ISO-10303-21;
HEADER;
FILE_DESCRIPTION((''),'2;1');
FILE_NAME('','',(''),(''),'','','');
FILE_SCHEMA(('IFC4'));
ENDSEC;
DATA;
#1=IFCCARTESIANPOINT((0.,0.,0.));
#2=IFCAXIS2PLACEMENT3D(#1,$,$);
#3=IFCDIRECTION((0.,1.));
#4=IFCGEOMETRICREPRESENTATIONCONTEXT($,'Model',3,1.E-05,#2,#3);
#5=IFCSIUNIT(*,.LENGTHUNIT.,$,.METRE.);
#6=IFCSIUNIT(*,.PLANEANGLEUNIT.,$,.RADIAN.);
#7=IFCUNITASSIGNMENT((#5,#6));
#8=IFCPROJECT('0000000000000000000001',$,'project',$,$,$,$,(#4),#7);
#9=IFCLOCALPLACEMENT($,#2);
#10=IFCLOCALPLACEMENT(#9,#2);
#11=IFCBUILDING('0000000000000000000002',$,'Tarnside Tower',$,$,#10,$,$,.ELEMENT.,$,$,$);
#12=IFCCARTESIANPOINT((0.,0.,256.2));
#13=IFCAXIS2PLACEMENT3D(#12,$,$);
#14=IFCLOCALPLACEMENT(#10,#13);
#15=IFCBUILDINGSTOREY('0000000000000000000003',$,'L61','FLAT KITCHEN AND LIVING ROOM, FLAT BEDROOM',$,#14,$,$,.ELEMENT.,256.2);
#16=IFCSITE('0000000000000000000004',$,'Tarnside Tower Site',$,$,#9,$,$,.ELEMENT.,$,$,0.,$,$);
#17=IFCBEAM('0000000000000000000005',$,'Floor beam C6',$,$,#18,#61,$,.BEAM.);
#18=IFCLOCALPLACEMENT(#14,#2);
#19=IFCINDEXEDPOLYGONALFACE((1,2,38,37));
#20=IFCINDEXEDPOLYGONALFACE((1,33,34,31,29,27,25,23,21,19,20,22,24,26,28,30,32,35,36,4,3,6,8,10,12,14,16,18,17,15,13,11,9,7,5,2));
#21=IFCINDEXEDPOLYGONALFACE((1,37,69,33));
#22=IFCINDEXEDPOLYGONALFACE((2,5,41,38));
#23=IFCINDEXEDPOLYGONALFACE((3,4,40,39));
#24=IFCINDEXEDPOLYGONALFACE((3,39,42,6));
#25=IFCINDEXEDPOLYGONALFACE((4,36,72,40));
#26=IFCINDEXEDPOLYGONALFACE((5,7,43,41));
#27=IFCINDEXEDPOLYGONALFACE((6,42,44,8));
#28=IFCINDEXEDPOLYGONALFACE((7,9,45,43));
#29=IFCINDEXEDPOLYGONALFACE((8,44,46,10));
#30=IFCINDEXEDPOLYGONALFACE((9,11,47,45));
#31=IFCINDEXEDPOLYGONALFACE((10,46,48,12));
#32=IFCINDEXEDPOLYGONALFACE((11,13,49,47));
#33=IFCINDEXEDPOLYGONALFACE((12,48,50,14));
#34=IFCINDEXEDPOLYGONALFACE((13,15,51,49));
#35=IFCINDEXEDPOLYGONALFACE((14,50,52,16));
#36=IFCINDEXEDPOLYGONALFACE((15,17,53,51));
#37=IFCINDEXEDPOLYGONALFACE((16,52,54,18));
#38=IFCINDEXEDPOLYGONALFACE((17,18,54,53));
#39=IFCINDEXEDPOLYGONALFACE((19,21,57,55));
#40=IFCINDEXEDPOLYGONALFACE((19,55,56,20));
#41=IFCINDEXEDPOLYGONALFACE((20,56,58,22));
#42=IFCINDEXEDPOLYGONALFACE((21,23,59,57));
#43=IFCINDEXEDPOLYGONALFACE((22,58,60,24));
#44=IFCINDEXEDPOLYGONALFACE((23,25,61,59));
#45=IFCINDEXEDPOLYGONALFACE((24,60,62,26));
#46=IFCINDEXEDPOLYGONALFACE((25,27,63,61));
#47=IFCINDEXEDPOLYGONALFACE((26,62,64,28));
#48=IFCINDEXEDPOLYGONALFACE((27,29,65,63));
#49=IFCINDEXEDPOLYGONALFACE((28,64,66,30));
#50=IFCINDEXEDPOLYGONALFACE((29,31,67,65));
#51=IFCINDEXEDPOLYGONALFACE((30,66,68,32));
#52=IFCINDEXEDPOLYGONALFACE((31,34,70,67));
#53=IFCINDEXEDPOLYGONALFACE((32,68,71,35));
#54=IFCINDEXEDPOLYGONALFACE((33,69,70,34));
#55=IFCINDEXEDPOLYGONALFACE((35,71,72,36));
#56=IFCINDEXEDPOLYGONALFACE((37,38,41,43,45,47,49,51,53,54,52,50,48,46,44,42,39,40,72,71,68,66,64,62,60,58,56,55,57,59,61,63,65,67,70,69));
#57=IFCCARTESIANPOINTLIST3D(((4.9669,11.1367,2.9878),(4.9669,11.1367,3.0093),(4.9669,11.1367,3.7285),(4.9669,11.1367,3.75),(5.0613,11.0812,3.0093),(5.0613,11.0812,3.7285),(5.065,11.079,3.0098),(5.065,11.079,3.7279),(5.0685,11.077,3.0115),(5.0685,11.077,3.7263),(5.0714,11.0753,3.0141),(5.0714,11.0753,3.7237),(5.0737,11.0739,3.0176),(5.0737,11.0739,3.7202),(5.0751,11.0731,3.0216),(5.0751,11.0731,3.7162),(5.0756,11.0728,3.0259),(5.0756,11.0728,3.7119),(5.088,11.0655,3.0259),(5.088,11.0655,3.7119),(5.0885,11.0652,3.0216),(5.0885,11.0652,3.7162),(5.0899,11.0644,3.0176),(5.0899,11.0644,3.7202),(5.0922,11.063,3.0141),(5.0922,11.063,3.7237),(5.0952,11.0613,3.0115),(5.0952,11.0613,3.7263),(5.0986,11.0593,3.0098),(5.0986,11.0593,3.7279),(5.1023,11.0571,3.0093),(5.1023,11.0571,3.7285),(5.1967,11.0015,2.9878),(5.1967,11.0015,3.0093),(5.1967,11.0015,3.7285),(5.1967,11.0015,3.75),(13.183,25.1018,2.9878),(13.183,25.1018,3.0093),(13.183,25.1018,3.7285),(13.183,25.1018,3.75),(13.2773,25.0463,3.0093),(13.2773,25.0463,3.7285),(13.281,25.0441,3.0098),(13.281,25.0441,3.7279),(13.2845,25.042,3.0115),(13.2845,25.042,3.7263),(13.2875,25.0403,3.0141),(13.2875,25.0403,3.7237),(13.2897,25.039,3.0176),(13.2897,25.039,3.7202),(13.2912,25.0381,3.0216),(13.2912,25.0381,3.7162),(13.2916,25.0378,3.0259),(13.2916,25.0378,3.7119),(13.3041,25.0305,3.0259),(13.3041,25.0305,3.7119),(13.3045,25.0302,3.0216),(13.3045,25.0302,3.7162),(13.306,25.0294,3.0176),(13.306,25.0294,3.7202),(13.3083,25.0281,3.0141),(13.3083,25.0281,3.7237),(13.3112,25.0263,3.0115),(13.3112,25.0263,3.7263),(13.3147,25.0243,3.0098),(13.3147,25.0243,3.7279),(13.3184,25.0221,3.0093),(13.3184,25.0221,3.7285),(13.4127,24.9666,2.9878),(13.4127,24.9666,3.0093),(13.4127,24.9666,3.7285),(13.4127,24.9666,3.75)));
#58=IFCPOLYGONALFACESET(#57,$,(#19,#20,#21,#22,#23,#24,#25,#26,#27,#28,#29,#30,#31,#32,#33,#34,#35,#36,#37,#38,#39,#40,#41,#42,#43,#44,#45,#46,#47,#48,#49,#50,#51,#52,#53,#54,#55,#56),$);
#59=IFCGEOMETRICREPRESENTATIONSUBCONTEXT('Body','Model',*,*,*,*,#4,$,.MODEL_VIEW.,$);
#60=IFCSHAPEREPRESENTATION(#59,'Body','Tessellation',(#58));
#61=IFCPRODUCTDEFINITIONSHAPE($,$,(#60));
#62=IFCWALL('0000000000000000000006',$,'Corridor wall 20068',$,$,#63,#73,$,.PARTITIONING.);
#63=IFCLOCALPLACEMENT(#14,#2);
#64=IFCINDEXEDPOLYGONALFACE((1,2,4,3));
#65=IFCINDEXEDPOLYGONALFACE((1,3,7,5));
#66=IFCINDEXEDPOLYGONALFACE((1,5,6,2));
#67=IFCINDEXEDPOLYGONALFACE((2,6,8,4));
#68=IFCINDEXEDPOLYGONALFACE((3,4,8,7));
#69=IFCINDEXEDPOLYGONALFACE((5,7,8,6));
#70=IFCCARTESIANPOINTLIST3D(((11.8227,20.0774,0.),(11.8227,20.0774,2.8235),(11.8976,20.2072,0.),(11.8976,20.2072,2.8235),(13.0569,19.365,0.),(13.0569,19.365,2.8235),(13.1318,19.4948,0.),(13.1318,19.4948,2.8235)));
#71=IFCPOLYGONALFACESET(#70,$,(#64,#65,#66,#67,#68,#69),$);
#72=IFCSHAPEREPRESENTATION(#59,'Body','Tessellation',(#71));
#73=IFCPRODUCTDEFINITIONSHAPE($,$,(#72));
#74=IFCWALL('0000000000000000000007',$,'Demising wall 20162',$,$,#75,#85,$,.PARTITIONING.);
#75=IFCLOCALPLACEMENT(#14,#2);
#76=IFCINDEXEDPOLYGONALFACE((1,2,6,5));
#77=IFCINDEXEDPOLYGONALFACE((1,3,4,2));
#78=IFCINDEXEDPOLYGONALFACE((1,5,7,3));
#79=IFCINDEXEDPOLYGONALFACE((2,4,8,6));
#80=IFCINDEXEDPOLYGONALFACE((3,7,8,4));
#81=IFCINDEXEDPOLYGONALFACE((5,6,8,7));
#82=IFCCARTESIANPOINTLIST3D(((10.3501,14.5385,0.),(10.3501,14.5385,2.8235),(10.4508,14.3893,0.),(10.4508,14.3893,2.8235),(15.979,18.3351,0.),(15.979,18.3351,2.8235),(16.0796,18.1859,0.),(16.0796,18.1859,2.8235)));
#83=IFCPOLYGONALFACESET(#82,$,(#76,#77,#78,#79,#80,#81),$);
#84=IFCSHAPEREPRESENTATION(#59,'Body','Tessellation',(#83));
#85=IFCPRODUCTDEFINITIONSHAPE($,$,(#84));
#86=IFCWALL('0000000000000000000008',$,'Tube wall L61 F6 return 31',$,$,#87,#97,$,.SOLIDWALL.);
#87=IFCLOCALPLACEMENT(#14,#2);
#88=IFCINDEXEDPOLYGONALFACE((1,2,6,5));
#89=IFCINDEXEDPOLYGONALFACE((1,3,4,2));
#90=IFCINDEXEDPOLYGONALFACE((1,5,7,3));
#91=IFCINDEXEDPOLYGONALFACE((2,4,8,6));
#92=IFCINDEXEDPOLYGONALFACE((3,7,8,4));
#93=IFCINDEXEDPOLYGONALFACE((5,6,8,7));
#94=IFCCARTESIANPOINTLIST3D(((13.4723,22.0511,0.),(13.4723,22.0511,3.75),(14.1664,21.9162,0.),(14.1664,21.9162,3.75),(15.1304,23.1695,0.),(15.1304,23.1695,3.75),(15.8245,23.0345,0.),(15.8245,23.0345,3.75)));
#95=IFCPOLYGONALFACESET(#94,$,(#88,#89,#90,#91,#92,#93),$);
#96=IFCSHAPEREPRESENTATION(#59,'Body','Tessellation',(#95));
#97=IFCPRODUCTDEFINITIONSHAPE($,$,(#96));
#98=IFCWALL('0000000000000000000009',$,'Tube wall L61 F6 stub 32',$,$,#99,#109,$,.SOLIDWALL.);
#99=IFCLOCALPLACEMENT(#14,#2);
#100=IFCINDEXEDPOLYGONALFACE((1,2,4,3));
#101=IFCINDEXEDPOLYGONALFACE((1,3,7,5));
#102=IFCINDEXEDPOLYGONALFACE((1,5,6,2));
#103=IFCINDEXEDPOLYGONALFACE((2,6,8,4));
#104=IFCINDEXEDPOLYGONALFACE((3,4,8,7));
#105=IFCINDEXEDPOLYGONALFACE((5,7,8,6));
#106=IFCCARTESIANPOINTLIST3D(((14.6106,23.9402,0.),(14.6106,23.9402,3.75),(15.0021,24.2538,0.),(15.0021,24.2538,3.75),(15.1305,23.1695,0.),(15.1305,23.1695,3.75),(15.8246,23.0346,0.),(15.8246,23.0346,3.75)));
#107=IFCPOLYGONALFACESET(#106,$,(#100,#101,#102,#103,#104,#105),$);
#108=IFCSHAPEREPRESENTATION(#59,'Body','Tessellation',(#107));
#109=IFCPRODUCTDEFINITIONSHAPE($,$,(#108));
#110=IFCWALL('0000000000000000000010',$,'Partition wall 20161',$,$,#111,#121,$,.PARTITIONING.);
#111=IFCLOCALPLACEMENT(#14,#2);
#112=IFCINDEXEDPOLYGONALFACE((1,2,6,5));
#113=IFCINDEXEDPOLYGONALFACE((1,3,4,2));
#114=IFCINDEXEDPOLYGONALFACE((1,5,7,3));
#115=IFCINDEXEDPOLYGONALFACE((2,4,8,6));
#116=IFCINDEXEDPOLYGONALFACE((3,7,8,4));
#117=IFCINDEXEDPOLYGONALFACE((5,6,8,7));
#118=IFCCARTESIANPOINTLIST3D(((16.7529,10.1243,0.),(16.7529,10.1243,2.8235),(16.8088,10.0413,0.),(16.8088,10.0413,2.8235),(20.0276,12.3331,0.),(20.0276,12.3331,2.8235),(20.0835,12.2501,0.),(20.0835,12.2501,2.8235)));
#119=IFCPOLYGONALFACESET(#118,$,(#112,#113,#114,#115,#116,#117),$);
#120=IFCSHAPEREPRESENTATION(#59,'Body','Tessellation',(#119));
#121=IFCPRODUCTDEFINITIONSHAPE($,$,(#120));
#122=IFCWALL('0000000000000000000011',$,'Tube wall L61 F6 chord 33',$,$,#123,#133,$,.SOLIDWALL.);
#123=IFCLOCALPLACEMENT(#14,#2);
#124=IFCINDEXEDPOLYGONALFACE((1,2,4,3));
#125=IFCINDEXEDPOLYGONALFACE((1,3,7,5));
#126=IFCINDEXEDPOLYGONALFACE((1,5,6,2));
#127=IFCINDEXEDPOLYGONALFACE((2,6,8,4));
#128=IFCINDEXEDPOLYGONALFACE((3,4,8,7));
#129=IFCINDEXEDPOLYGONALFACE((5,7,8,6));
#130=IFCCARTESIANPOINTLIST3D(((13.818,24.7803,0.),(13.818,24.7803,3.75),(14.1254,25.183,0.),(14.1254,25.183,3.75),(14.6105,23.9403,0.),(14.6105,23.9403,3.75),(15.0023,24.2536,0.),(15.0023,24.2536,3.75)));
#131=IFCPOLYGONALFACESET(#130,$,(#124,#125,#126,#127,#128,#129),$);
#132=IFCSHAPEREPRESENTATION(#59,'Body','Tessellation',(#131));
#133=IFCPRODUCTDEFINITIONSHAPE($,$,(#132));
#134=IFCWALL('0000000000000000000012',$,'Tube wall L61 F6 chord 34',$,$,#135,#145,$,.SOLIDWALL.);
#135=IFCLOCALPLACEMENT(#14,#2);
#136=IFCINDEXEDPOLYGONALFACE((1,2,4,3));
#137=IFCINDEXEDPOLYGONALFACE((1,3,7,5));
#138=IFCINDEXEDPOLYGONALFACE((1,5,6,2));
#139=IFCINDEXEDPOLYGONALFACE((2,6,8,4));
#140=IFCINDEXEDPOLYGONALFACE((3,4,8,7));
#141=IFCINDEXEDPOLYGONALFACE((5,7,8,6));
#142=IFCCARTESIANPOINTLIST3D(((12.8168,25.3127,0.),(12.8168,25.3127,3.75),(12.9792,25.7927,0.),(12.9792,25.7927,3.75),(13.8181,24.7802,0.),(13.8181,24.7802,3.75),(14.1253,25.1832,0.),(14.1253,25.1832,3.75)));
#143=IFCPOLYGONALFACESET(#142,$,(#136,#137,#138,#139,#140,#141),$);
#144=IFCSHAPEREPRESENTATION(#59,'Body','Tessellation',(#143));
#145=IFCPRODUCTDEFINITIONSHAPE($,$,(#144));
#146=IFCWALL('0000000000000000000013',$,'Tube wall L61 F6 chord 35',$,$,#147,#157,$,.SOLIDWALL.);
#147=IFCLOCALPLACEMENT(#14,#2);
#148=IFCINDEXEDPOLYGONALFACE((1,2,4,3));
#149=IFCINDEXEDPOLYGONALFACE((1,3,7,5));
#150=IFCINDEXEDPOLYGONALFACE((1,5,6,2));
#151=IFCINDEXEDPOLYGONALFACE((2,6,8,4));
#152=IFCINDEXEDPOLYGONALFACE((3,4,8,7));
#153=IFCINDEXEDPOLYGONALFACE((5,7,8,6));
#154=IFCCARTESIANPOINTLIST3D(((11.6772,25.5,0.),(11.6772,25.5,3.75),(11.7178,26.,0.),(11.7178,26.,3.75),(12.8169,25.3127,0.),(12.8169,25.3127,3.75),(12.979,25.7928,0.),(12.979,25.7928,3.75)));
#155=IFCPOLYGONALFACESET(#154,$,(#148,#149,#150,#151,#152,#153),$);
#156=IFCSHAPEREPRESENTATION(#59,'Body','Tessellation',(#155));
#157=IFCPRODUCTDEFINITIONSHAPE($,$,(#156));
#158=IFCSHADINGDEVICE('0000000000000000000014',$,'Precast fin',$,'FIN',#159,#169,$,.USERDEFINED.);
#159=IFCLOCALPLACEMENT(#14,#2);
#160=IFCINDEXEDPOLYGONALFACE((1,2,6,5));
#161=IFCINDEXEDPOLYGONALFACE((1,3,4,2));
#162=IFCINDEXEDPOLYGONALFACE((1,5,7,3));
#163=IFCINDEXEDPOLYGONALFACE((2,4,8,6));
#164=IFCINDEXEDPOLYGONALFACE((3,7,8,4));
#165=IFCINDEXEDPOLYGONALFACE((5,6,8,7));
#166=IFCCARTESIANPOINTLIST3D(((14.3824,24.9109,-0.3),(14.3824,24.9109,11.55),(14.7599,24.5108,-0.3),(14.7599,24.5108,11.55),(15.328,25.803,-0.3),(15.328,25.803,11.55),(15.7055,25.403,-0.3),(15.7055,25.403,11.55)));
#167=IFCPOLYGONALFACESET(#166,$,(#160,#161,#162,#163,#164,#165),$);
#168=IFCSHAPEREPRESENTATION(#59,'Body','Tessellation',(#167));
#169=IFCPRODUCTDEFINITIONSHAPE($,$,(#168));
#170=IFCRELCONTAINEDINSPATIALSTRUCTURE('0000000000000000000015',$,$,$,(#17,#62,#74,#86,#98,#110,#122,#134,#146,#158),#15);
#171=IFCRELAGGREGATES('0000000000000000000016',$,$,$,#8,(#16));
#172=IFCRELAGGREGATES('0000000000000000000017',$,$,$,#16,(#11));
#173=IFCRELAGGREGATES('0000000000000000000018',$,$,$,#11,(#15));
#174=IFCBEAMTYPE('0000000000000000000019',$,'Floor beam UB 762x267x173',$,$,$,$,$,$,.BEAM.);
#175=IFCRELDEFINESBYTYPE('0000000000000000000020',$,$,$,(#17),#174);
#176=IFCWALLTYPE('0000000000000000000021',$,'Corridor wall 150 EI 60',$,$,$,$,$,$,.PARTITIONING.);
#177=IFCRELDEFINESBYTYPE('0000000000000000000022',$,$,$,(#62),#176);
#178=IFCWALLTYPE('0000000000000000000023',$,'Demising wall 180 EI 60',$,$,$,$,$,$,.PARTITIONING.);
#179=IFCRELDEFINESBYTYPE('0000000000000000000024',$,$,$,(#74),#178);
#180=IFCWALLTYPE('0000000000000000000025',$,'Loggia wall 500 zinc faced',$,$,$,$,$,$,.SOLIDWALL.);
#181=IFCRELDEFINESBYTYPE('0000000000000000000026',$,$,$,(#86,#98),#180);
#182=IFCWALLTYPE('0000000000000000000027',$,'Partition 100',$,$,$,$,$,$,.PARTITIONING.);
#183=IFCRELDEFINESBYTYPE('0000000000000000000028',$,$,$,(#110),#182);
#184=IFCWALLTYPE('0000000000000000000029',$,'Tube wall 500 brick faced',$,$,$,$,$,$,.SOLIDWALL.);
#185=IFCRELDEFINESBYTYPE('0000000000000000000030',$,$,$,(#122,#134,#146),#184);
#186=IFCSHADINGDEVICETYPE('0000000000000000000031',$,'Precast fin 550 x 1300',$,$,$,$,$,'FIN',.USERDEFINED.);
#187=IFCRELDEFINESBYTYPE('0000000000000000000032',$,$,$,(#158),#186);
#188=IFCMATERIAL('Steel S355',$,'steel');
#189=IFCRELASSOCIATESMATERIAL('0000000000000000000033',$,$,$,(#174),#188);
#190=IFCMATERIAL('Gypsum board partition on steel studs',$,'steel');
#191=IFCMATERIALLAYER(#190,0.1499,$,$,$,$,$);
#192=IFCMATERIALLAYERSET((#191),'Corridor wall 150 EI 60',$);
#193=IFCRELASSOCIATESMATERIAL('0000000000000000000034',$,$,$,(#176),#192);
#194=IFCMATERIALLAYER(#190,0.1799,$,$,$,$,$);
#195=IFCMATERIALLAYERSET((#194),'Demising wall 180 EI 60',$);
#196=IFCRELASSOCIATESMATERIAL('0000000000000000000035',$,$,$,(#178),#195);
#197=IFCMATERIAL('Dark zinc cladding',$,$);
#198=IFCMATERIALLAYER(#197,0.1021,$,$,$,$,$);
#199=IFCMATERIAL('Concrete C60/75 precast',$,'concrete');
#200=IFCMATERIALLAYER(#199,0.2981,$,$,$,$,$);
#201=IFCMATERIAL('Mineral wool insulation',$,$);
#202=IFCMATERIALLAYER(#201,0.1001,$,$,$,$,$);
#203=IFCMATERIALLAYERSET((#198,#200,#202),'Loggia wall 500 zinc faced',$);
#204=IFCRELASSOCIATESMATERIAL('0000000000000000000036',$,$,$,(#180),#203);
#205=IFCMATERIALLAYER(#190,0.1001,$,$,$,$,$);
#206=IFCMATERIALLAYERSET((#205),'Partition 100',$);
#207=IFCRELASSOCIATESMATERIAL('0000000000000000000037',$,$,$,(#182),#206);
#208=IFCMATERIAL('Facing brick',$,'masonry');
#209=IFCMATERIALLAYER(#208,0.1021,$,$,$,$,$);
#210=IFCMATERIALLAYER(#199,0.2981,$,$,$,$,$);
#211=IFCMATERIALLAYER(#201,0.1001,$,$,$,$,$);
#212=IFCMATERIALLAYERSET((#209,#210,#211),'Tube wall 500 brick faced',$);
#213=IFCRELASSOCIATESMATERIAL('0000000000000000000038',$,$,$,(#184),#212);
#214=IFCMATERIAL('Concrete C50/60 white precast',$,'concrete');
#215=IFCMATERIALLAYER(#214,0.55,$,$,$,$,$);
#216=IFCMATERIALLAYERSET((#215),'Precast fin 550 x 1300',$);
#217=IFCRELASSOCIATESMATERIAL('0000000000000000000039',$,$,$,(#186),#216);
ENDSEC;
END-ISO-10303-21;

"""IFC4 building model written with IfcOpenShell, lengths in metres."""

from ifc_helpers import new_model, si_unit, direction, frame, frame_2d, origin, origin_2d, place, context, subcontext, project, spatial, polyline, rectangle, i_section, outline, extrude, material, layer, layer_set, material_profile, profile_set, type_object, element, save


model = new_model("IFC4")

# Units and contexts
model_context = context("Model", 3, precision=1e-05, world=origin(), true_north=direction((0.0, 1.0)))
body_context = subcontext(model_context, "Body", "Model", "MODEL_VIEW")
ifc_project = project(units=[si_unit("LENGTHUNIT", "METRE"), si_unit("PLANEANGLEUNIT", "RADIAN")], contexts=[model_context])

# Site, building, storey
site_placement = place(None, origin())
site = spatial("IfcSite", under=ifc_project, at=site_placement, Name="Tarnside Tower Site", CompositionType="ELEMENT", RefElevation=0.0)
building_placement = place(site_placement, origin())
building = spatial("IfcBuilding", under=site, at=building_placement, Name="Tarnside Tower", CompositionType="ELEMENT")
storey_placement = place(building_placement, frame((0.0, 0.0, 256.2)))
storey = spatial("IfcBuildingStorey", under=building, at=storey_placement, Name="L61", Description="FLAT KITCHEN AND LIVING ROOM, FLAT BEDROOM", CompositionType="ELEMENT", Elevation=256.2)

# Beam
ifc_material_1 = material(Name="Steel S355", Category="steel")
ifc_material_profile_1 = material_profile(ifc_material_1, i_section(OverallWidth=0.2666, OverallDepth=0.7622, WebThickness=0.0144, FlangeThickness=0.0215, FilletRadius=0.0166, at=origin_2d()), Name="UB 762x267x173")
ifc_profile_set_1 = profile_set([ifc_material_profile_1], Name="Steel S355")
beam_type_1 = type_object("IfcBeamType", Name="Floor beam UB 762x267x173", PredefinedType="BEAM", material=ifc_profile_set_1)
beam_1_placement = place(storey_placement, frame((13.2979, 25.0342, 3.3689), z_axis=(-0.50708, -0.861899, 0.0), x_axis=(0.861899, -0.50708, 0.0)))
element("IfcBeam", 1, at=beam_1_placement, inside=storey, type_object=beam_type_1, Name="Floor beam C6", PredefinedType="BEAM", context=body_context, shape_type="SweptSolid", body=[
    extrude(i_section(OverallWidth=0.2666, OverallDepth=0.7622, WebThickness=0.0144, FlangeThickness=0.0215, FilletRadius=0.0166, at=origin_2d()), origin(), (0.0, 0.0, 1.0), 16.2026),
])

# Walls
ifc_material_2 = material(Name="Gypsum board partition on steel studs", Category="steel")
ifc_layer_1 = layer(ifc_material_2, 0.1499)
ifc_layer_set_1 = layer_set([ifc_layer_1], Name="Corridor wall 150 EI 60")
wall_type_1 = type_object("IfcWallType", Name="Corridor wall 150 EI 60", PredefinedType="PARTITIONING", material=ifc_layer_set_1)
wall_1_placement = place(storey_placement, frame((13.0942, 19.4299, 0.0), z_axis=(0.0, 0.0, 1.0), x_axis=(-0.866063, 0.499935, 0.0)))
element("IfcWall", 2, at=wall_1_placement, inside=storey, type_object=wall_type_1, Name="Corridor wall 20068", PredefinedType="PARTITIONING", context=body_context, shape_type="SweptSolid", body=[
    extrude(rectangle(XDim=1.425, YDim=0.1499, at=frame_2d((0.7124, 0.0))), origin(), (0.0, 0.0, 1.0), 2.8235),
])
ifc_layer_2 = layer(ifc_material_2, 0.1799)
ifc_layer_set_2 = layer_set([ifc_layer_2], Name="Demising wall 180 EI 60")
wall_type_2 = type_object("IfcWallType", Name="Demising wall 180 EI 60", PredefinedType="PARTITIONING", material=ifc_layer_set_2)
wall_2_placement = place(storey_placement, frame((16.0293, 18.2605, 0.0), z_axis=(0.0, 0.0, 1.0), x_axis=(-0.829045, -0.559181, 0.0)))
element("IfcWall", 3, at=wall_2_placement, inside=storey, type_object=wall_type_2, Name="Demising wall 20162", PredefinedType="PARTITIONING", context=body_context, shape_type="SweptSolid", body=[
    extrude(rectangle(XDim=6.7896, YDim=0.1799, at=frame_2d((3.3948, 0.0))), origin(), (0.0, 0.0, 1.0), 2.8235),
])
ifc_material_3 = material(Name="Dark zinc cladding")
ifc_layer_3 = layer(ifc_material_3, 0.1021)
ifc_material_4 = material(Name="Concrete C60/75 precast", Category="concrete")
ifc_layer_4 = layer(ifc_material_4, 0.2981)
ifc_material_5 = material(Name="Mineral wool insulation")
ifc_layer_5 = layer(ifc_material_5, 0.1001)
ifc_layer_set_3 = layer_set([ifc_layer_3, ifc_layer_4, ifc_layer_5], Name="Loggia wall 500 zinc faced")
wall_type_3 = type_object("IfcWallType", Name="Loggia wall 500 zinc faced", PredefinedType="SOLIDWALL", material=ifc_layer_set_3)
wall_3_placement = place(storey_placement, frame((13.8193, 21.9836, 0.0), z_axis=(0.0, 0.0, 1.0), x_axis=(0.829052, 0.559171, 0.0)))
element("IfcWall", 4, at=wall_3_placement, inside=storey, type_object=wall_type_3, Name="Tube wall L61 F6 return 31", PredefinedType="SOLIDWALL", context=body_context, shape_type="SweptSolid", body=[
    extrude(outline(polyline([(0.25, -0.25), (2.25, -0.25), (1.75, 0.25), (-0.25, 0.25), (0.25, -0.25)])), origin(), (0.0, 0.0, 1.0), 3.75),
])
wall_4_placement = place(storey_placement, frame((15.4775, 23.1021, 0.0), z_axis=(0.0, 0.0, 1.0), x_axis=(-0.559246, 0.829002, 0.0)))
element("IfcWall", 5, at=wall_4_placement, inside=storey, type_object=wall_type_3, Name="Tube wall L61 F6 stub 32", PredefinedType="SOLIDWALL", context=body_context, shape_type="SweptSolid", body=[
    extrude(outline(polyline([(-0.25, -0.25), (1.2207, -0.25), (1.1797, 0.25), (0.25, 0.25), (-0.25, -0.25)])), origin(), (0.0, 0.0, 1.0), 3.75),
])
ifc_layer_6 = layer(ifc_material_2, 0.1001)
ifc_layer_set_4 = layer_set([ifc_layer_6], Name="Partition 100")
wall_type_4 = type_object("IfcWallType", Name="Partition 100", PredefinedType="PARTITIONING", material=ifc_layer_set_4)
wall_5_placement = place(storey_placement, frame((16.7808, 10.0828, 0.0), z_axis=(0.0, 0.0, 1.0), x_axis=(0.829043, 0.559185, 0.0)))
element("IfcWall", 6, at=wall_5_placement, inside=storey, type_object=wall_type_4, Name="Partition wall 20161", PredefinedType="PARTITIONING", context=body_context, shape_type="SweptSolid", body=[
    extrude(rectangle(XDim=3.95, YDim=0.1001, at=frame_2d((1.9751, 0.0))), origin(), (0.0, 0.0, 1.0), 2.8235),
])
ifc_material_6 = material(Name="Facing brick", Category="masonry")
ifc_layer_7 = layer(ifc_material_6, 0.1021)
ifc_layer_8 = layer(ifc_material_4, 0.2981)
ifc_layer_9 = layer(ifc_material_5, 0.1001)
ifc_layer_set_5 = layer_set([ifc_layer_7, ifc_layer_8, ifc_layer_9], Name="Tube wall 500 brick faced")
wall_type_5 = type_object("IfcWallType", Name="Tube wall 500 brick faced", PredefinedType="SOLIDWALL", material=ifc_layer_set_5)
wall_6_placement = place(storey_placement, frame((14.8064, 24.0969, 0.0), z_axis=(0.0, 0.0, 1.0), x_axis=(-0.686234, 0.72738, 0.0)))
element("IfcWall", 7, at=wall_6_placement, inside=storey, type_object=wall_type_5, Name="Tube wall L61 F6 chord 33", PredefinedType="SOLIDWALL", context=body_context, shape_type="SweptSolid", body=[
    extrude(outline(polyline([(-0.0205, -0.25), (1.2573, -0.25), (1.1753, 0.25), (0.0205, 0.25), (-0.0205, -0.25)])), origin(), (0.0, 0.0, 1.0), 3.75),
])
wall_7_placement = place(storey_placement, frame((13.9717, 24.9817, 0.0), z_axis=(0.0, 0.0, 1.0), x_axis=(-0.882902, 0.469556, 0.0)))
element("IfcWall", 8, at=wall_7_placement, inside=storey, type_object=wall_type_5, Name="Tube wall L61 F6 chord 34", PredefinedType="SOLIDWALL", context=body_context, shape_type="SweptSolid", body=[
    extrude(outline(polyline([(-0.041, -0.25), (1.2571, -0.25), (1.175, 0.25), (0.041, 0.25), (-0.041, -0.25)])), origin(), (0.0, 0.0, 1.0), 3.75),
])
wall_8_placement = place(storey_placement, frame((12.8979, 25.5527, 0.0), z_axis=(0.0, 0.0, 1.0), x_axis=(-0.986766, 0.162153, 0.0)))
element("IfcWall", 9, at=wall_8_placement, inside=storey, type_object=wall_type_5, Name="Tube wall L61 F6 chord 35", PredefinedType="SOLIDWALL", context=body_context, shape_type="SweptSolid", body=[
    extrude(outline(polyline([(-0.041, -0.25), (1.2371, -0.25), (1.196, 0.25), (0.041, 0.25), (-0.041, -0.25)])), origin(), (0.0, 0.0, 1.0), 3.75),
])

# Shading device
ifc_material_7 = material(Name="Concrete C50/60 white precast", Category="concrete")
ifc_layer_10 = layer(ifc_material_7, 0.55)
ifc_layer_set_6 = layer_set([ifc_layer_10], Name="Precast fin 550 x 1300")
shading_device_type_1 = type_object("IfcShadingDeviceType", Name="Precast fin 550 x 1300", ElementType="FIN", PredefinedType="USERDEFINED", material=ifc_layer_set_6)
shading_device_placement = place(storey_placement, frame((14.571, 24.7109, -0.3), z_axis=(0.686242, -0.727374, 0.0), x_axis=(0.727374, 0.686242, 0.0)))
element("IfcShadingDevice", 10, at=shading_device_placement, inside=storey, type_object=shading_device_type_1, Name="Precast fin", ObjectType="FIN", PredefinedType="USERDEFINED", context=body_context, shape_type="SweptSolid", body=[
    extrude(outline(polyline([(0.0, 0.0), (1.3, 0.0), (1.3, 11.8501), (0.0, 11.8501), (0.0, 0.0)])), frame((0.0, 0.0, -0.2749)), (0.0, 0.0, 1.0), 0.55),
])

save(model, "model.ifc")
